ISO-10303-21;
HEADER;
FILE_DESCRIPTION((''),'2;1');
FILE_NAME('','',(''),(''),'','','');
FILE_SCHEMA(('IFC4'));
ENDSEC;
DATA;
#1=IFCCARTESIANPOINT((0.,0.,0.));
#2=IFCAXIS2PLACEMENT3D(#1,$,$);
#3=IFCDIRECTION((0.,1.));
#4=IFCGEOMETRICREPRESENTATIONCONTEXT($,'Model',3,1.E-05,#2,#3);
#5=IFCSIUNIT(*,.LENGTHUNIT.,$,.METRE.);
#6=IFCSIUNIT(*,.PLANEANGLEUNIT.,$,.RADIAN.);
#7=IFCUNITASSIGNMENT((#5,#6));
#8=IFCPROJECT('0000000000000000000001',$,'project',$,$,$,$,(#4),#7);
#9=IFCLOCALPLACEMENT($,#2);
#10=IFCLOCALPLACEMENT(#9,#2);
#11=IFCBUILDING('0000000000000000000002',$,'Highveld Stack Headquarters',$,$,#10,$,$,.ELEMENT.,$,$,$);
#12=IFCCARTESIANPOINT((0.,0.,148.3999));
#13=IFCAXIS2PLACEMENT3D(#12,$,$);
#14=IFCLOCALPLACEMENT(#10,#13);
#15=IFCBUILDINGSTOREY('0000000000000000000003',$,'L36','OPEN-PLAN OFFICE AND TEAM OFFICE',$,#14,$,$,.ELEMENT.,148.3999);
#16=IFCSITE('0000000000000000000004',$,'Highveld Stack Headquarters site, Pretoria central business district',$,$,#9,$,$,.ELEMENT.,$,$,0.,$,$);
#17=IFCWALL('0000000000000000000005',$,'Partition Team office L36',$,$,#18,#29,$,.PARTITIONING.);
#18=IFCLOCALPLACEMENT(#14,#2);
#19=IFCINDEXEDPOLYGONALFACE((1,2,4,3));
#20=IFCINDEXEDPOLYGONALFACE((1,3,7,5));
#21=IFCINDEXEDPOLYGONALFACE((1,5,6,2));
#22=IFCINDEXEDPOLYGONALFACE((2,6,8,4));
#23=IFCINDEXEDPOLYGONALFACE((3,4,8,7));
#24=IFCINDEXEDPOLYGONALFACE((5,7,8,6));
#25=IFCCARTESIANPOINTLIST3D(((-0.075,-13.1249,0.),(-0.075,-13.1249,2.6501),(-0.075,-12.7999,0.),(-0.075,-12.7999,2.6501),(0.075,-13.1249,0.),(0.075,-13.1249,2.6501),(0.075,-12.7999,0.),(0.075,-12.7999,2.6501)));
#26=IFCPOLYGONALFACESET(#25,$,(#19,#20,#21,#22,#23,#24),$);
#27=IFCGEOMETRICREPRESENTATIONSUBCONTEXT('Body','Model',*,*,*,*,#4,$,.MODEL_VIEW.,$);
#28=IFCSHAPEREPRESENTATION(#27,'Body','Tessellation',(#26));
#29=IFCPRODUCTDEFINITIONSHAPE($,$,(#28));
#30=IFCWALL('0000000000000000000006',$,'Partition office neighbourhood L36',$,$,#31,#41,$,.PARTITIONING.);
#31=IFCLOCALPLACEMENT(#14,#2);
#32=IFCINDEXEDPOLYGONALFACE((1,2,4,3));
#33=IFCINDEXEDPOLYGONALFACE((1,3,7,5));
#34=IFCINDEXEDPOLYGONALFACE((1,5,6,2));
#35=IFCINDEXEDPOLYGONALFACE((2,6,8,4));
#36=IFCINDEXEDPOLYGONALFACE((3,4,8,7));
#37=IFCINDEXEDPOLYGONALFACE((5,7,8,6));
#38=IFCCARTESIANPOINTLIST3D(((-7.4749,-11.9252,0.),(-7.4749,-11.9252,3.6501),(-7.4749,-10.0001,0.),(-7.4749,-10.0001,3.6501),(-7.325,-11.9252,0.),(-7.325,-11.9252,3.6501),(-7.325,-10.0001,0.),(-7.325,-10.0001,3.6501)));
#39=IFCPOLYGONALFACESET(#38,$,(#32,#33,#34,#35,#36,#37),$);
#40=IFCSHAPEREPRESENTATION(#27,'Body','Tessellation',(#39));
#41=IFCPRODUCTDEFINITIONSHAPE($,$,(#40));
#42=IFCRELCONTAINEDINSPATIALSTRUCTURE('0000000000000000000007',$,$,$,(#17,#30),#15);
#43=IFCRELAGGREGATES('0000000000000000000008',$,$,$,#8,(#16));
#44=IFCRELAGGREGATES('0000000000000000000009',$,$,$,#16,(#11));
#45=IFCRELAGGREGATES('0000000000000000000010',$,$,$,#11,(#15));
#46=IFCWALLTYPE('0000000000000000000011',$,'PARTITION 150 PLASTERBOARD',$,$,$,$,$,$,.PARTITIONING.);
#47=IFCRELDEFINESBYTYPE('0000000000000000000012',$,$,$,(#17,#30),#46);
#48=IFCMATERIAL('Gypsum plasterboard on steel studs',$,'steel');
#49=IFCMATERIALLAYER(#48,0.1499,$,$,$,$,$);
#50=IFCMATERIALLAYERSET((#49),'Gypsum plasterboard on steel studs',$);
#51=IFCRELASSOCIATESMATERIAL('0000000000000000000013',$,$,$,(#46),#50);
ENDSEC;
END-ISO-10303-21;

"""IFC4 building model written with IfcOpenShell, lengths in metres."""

from ifc_helpers import new_model, si_unit, direction, frame, frame_2d, origin, place, context, subcontext, project, spatial, rectangle, extrude, material, layer, layer_set, type_object, element, save


model = new_model("IFC4")

# Units and contexts
model_context = context("Model", 3, precision=1e-05, world=origin(), true_north=direction((0.0, 1.0)))
body_context = subcontext(model_context, "Body", "Model", "MODEL_VIEW")
ifc_project = project(units=[si_unit("LENGTHUNIT", "METRE"), si_unit("PLANEANGLEUNIT", "RADIAN")], contexts=[model_context])

# Site, building, storey
site_placement = place(None, origin())
site = spatial("IfcSite", under=ifc_project, at=site_placement, Name="Highveld Stack Headquarters site, Pretoria central business district", CompositionType="ELEMENT", RefElevation=0.0)
building_placement = place(site_placement, origin())
building = spatial("IfcBuilding", under=site, at=building_placement, Name="Highveld Stack Headquarters", CompositionType="ELEMENT")
storey_placement = place(building_placement, frame((0.0, 0.0, 148.3999)))
storey = spatial("IfcBuildingStorey", under=building, at=storey_placement, Name="L36", Description="OPEN-PLAN OFFICE AND TEAM OFFICE", CompositionType="ELEMENT", Elevation=148.3999)

# Shared definitions
ifc_material_1 = material(Name="Gypsum plasterboard on steel studs", Category="steel")
ifc_layer = layer(ifc_material_1, 0.1499)
ifc_layer_set = layer_set([ifc_layer], Name="Gypsum plasterboard on steel studs")
wall_type = type_object("IfcWallType", Name="PARTITION 150 PLASTERBOARD", PredefinedType="PARTITIONING", material=ifc_layer_set)

# Walls
wall_1_placement = place(storey_placement, frame((0.0, -13.125, 0.0), z_axis=(0.0, 0.0, 1.0), x_axis=(0.0, 1.0, 0.0)))
element("IfcWall", 1, at=wall_1_placement, inside=storey, type_object=wall_type, Name="Partition Team office L36", PredefinedType="PARTITIONING", context=body_context, shape_type="SweptSolid", body=[
    extrude(rectangle(XDim=0.325, YDim=0.1499, at=frame_2d((0.1626, 0.0))), origin(), (0.0, 0.0, 1.0), 2.6501),
])
wall_2_placement = place(storey_placement, frame((-7.3999, -11.925, 0.0), z_axis=(0.0, 0.0, 1.0), x_axis=(0.0, 1.0, 0.0)))
element("IfcWall", 2, at=wall_2_placement, inside=storey, type_object=wall_type, Name="Partition office neighbourhood L36", PredefinedType="PARTITIONING", context=body_context, shape_type="SweptSolid", body=[
    extrude(rectangle(XDim=1.925, YDim=0.1499, at=frame_2d((0.9624, 0.0))), origin(), (0.0, 0.0, 1.0), 3.6501),
])

save(model, "model.ifc")
